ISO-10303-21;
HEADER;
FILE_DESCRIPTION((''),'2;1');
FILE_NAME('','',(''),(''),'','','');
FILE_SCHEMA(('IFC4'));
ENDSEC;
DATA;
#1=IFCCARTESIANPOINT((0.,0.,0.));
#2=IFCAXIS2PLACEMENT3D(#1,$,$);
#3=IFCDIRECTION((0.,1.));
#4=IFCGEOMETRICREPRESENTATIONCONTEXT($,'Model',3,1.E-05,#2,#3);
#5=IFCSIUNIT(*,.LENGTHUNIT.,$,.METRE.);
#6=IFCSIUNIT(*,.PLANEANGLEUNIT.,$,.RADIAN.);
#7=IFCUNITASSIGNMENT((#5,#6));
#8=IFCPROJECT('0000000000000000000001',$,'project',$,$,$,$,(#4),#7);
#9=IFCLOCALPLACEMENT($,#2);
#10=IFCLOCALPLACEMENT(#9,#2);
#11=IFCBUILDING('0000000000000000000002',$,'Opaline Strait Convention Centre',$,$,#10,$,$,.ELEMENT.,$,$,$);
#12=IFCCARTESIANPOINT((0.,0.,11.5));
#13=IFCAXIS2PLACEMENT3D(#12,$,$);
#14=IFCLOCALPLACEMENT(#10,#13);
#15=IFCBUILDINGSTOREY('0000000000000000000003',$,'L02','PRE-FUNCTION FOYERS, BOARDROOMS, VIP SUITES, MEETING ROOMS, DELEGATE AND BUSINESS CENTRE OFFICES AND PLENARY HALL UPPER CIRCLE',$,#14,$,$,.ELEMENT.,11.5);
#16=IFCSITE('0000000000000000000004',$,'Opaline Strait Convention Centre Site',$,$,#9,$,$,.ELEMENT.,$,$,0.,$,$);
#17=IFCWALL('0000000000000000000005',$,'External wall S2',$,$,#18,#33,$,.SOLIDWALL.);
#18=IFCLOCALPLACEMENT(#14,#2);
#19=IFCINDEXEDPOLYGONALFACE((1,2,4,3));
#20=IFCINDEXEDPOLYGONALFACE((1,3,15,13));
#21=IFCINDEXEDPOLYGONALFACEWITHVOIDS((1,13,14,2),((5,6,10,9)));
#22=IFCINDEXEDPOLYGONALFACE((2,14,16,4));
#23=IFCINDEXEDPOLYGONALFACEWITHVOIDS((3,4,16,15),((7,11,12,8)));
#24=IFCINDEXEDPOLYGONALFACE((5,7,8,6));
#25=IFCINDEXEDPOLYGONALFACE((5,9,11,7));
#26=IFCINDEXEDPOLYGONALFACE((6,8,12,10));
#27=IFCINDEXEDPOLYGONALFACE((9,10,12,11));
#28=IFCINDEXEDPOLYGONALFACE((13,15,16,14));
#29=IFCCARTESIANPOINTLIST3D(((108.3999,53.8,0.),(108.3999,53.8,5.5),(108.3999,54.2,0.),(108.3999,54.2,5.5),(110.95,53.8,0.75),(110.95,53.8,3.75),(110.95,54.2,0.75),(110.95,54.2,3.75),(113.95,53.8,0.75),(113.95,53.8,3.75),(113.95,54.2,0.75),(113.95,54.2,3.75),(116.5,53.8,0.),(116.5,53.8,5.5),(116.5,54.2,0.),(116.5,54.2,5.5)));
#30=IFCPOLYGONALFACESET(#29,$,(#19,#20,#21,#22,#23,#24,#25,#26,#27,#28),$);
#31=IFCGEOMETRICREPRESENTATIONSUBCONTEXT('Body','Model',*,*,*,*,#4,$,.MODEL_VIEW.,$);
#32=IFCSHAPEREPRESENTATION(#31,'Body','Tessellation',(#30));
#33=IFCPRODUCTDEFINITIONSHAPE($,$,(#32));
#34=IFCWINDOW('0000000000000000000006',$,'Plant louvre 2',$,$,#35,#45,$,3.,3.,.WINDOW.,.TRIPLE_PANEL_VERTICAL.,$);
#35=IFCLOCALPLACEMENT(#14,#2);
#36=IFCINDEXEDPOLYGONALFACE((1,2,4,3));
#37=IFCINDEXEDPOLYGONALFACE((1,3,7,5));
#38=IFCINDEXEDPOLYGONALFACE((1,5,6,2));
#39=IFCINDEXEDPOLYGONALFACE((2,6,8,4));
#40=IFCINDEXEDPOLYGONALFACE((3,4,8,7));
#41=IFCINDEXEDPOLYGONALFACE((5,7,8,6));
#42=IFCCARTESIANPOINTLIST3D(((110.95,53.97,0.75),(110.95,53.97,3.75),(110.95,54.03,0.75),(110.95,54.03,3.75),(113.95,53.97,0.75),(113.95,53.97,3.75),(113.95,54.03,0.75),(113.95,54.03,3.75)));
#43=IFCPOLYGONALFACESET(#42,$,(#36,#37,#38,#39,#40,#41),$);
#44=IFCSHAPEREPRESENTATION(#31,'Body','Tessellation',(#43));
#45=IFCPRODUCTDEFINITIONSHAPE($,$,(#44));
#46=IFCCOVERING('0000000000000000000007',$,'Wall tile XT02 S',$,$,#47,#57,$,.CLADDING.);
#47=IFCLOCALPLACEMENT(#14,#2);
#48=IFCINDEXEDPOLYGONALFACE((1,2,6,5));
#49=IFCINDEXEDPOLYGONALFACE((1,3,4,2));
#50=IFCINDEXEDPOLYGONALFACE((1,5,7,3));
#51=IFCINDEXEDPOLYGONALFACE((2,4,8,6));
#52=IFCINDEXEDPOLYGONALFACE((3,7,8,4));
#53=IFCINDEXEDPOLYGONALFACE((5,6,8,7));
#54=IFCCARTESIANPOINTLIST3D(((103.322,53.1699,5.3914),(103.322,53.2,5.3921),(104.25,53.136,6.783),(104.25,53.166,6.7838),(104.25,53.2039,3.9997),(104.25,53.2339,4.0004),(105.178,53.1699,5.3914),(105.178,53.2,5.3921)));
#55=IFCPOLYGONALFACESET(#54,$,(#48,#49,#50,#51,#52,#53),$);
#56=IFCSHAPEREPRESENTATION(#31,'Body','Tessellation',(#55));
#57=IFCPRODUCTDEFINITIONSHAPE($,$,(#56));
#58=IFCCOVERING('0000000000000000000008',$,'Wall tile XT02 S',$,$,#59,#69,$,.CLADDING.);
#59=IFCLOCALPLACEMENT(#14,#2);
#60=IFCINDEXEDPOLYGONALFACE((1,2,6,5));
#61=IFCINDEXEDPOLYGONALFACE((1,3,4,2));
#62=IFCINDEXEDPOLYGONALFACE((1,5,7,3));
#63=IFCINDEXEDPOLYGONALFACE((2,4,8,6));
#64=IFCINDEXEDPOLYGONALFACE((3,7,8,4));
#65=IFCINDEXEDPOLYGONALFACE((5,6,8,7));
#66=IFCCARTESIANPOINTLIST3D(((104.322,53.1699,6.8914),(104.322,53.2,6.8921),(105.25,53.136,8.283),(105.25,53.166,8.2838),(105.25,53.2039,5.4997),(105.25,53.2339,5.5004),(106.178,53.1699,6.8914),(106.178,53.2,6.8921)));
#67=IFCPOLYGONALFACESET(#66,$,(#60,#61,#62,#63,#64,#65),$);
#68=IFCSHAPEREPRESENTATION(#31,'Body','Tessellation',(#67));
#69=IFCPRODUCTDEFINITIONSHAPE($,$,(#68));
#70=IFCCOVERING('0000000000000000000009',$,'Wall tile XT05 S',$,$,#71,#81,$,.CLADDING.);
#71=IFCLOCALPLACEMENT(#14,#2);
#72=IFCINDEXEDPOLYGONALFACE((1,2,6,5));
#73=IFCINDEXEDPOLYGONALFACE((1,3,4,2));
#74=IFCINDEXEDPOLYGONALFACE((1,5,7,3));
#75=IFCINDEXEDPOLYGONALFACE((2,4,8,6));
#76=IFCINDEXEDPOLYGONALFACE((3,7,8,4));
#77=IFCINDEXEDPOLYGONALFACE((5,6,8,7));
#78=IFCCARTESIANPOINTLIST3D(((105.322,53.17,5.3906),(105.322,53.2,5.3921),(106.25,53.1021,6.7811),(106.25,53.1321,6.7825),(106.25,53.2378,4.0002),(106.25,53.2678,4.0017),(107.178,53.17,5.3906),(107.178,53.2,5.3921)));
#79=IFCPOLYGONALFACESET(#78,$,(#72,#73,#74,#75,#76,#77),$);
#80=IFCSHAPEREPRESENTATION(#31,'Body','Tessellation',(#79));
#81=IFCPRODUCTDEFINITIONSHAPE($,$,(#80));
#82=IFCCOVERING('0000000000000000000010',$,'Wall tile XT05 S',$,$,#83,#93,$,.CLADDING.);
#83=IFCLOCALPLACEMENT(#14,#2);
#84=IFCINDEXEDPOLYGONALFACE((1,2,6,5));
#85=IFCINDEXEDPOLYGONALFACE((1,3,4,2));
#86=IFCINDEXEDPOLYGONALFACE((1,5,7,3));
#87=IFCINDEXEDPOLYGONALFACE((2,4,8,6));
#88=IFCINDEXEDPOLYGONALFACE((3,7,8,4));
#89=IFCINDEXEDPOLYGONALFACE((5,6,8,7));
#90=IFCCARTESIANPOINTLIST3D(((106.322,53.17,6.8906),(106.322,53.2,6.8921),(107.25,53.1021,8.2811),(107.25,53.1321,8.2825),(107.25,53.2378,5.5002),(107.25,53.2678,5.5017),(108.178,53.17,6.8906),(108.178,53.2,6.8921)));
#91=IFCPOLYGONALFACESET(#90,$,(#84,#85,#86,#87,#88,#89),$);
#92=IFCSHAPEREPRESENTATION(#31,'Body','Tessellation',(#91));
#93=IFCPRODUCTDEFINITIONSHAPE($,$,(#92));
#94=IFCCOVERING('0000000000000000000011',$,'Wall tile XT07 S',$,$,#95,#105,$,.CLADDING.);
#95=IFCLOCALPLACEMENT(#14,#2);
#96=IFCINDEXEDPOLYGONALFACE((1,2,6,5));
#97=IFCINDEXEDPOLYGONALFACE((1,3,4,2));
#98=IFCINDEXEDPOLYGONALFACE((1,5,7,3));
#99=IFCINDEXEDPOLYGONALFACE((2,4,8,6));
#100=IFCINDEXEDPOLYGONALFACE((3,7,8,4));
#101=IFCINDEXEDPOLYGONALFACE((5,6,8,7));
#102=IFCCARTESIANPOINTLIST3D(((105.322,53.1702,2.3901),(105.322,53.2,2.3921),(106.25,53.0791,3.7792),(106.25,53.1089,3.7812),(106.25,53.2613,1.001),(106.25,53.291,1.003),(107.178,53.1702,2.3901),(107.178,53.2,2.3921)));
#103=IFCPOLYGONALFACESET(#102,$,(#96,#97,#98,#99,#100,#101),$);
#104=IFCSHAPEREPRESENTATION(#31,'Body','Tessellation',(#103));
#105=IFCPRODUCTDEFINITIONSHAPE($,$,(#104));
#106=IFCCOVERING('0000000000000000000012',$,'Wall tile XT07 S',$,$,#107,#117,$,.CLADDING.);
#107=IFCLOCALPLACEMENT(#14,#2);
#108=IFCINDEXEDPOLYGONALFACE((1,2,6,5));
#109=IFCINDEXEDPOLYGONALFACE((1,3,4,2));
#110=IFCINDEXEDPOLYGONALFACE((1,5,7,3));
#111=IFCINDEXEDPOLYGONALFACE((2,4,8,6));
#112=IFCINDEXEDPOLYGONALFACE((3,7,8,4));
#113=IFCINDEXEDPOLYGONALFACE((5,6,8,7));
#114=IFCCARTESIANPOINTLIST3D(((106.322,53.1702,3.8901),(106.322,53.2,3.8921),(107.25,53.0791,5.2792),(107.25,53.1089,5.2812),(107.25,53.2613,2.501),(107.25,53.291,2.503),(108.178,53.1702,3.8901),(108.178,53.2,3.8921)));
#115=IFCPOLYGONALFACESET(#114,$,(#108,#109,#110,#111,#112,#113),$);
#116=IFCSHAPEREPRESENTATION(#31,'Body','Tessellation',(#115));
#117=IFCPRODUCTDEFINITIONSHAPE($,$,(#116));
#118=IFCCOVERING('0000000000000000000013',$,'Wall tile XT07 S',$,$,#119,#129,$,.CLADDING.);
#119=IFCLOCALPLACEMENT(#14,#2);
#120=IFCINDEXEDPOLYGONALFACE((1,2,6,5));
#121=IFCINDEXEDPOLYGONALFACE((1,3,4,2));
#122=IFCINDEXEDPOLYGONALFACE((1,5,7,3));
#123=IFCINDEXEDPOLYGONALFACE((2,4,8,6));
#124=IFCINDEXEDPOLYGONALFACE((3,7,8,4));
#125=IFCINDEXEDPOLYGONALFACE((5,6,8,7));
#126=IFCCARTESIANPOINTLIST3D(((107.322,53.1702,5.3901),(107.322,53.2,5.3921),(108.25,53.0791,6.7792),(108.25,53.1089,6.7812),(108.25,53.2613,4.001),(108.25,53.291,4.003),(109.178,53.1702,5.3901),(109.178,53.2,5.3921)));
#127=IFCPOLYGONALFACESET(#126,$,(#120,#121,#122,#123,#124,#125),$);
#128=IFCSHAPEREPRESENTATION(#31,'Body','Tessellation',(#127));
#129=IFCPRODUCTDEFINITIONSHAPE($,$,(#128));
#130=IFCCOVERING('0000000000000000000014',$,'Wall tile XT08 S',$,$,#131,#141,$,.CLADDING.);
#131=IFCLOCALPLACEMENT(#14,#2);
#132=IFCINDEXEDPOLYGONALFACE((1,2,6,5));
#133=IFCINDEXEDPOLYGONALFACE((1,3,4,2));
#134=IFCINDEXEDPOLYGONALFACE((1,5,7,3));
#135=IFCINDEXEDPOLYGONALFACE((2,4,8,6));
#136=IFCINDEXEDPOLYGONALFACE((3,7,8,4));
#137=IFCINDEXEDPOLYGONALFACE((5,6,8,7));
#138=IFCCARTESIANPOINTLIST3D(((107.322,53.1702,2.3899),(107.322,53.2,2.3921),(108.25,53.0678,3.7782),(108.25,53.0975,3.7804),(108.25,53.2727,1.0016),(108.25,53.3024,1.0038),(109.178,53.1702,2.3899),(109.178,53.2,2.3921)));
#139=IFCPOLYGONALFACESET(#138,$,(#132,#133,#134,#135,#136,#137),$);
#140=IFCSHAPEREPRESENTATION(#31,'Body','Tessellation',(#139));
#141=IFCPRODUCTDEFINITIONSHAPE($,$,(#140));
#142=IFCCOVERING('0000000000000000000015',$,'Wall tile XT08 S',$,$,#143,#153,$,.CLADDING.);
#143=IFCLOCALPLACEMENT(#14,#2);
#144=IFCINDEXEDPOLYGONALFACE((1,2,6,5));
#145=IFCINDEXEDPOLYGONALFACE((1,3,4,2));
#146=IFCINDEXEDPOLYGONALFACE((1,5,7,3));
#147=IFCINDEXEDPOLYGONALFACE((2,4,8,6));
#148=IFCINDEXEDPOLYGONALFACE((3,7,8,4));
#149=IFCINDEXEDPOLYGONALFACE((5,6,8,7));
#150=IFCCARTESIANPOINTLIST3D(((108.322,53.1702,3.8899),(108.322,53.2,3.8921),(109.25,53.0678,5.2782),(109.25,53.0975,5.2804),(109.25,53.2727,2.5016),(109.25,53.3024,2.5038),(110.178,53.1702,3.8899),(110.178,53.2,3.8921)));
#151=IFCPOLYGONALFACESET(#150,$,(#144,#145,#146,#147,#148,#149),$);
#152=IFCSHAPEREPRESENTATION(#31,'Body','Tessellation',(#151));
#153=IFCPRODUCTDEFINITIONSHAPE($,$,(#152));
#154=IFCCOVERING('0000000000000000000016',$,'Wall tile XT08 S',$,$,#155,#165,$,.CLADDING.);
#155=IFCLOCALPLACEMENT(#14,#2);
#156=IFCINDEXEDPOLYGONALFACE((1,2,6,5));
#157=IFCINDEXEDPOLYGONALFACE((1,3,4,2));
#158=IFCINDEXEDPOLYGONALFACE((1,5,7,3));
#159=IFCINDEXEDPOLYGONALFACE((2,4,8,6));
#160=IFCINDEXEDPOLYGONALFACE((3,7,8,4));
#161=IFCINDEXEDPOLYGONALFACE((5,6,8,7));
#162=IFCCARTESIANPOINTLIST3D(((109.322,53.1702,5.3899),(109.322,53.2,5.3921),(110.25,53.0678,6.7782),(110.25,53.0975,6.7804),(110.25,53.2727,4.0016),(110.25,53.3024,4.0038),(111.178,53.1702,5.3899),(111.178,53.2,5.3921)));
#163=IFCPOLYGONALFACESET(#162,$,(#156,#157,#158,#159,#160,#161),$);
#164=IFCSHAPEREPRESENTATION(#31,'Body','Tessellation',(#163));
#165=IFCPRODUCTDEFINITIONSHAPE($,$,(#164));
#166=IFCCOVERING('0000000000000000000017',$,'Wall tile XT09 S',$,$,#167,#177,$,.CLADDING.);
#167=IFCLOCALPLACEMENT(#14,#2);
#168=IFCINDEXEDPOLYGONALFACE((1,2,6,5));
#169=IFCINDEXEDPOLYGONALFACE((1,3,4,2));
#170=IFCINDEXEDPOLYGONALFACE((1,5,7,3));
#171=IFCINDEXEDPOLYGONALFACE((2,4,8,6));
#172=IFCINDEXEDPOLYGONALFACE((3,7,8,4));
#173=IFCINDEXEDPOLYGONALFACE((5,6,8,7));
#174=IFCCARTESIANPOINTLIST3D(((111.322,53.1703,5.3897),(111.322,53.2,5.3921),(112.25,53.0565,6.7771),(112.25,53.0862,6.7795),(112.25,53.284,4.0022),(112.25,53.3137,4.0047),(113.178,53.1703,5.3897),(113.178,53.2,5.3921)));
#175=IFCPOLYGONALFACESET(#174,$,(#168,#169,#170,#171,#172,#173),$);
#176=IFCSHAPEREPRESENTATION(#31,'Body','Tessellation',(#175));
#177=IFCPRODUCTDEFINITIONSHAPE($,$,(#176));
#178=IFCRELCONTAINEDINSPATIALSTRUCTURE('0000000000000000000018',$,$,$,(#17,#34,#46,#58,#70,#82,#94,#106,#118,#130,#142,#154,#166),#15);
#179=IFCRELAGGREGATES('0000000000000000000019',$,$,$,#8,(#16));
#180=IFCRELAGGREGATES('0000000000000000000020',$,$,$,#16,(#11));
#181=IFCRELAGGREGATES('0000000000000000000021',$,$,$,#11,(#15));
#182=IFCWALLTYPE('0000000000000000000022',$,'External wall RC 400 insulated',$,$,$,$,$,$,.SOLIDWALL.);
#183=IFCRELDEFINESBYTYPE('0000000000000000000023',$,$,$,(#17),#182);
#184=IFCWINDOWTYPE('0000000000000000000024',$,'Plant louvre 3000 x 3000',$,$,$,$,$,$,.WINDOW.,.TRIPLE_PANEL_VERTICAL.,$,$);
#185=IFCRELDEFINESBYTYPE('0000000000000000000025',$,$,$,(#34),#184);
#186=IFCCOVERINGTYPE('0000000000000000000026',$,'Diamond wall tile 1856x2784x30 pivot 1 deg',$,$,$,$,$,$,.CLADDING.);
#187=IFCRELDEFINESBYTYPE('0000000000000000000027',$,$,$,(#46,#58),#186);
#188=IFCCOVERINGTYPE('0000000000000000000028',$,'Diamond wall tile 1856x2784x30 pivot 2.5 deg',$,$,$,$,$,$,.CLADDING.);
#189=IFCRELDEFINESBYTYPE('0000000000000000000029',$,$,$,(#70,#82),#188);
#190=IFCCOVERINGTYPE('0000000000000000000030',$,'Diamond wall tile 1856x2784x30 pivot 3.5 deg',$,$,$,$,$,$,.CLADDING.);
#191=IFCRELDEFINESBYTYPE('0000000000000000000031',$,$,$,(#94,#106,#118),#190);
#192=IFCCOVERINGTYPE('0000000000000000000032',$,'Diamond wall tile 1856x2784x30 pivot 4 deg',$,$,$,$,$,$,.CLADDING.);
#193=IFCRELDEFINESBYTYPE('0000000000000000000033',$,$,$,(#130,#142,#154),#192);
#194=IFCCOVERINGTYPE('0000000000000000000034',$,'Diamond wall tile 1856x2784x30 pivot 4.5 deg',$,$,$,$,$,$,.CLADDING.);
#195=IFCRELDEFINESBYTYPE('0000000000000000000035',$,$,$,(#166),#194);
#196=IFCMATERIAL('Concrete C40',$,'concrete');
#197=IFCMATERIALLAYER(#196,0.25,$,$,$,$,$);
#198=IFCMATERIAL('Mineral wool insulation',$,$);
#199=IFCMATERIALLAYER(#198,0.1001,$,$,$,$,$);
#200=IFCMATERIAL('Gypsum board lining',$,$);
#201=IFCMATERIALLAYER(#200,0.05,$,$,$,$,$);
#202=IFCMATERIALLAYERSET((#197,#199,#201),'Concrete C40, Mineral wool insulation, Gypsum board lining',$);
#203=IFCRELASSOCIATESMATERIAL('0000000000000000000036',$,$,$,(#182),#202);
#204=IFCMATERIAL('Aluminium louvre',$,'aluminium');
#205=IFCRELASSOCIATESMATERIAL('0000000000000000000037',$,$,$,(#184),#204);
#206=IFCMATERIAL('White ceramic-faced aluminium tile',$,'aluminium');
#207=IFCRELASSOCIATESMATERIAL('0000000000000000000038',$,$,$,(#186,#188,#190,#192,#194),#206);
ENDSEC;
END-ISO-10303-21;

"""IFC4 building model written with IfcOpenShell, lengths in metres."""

from ifc_helpers import new_model, si_unit, direction, frame, frame_2d, origin, place, context, subcontext, project, spatial, polyline, rectangle, outline, extrude, material, layer, layer_set, material_profile, profile_set, type_object, element, fill, save


model = new_model("IFC4")

# Units and contexts
model_context = context("Model", 3, precision=1e-05, world=origin(), true_north=direction((0.0, 1.0)))
body_context = subcontext(model_context, "Body", "Model", "MODEL_VIEW")
ifc_project = project(units=[si_unit("LENGTHUNIT", "METRE"), si_unit("PLANEANGLEUNIT", "RADIAN")], contexts=[model_context])

# Site, building, storey
site_placement = place(None, origin())
site = spatial("IfcSite", under=ifc_project, at=site_placement, Name="Opaline Strait Convention Centre Site", CompositionType="ELEMENT", RefElevation=0.0)
building_placement = place(site_placement, origin())
building = spatial("IfcBuilding", under=site, at=building_placement, Name="Opaline Strait Convention Centre", CompositionType="ELEMENT")
storey_placement = place(building_placement, frame((0.0, 0.0, 11.5)))
storey = spatial("IfcBuildingStorey", under=building, at=storey_placement, Name="L02", Description="PRE-FUNCTION FOYERS, BOARDROOMS, VIP SUITES, MEETING ROOMS, DELEGATE AND BUSINESS CENTRE OFFICES AND PLENARY HALL UPPER CIRCLE", CompositionType="ELEMENT", Elevation=11.5)

# Wall, opening, window
ifc_material_1 = material(Name="Concrete C40", Category="concrete")
ifc_layer_1 = layer(ifc_material_1, 0.25)
ifc_material_2 = material(Name="Mineral wool insulation")
ifc_layer_2 = layer(ifc_material_2, 0.1001)
ifc_material_3 = material(Name="Gypsum board lining")
ifc_layer_3 = layer(ifc_material_3, 0.05)
ifc_layer_set = layer_set([ifc_layer_1, ifc_layer_2, ifc_layer_3], Name="Concrete C40, Mineral wool insulation, Gypsum board lining")
wall_type = type_object("IfcWallType", Name="External wall RC 400 insulated", PredefinedType="SOLIDWALL", material=ifc_layer_set)
wall_placement = place(storey_placement, frame((108.3999, 54.0, 0.0), z_axis=(0.0, 0.0, 1.0), x_axis=(1.0, 0.0, 0.0)))
wall = element("IfcWall", 1, at=wall_placement, inside=storey, type_object=wall_type, Name="External wall S2", PredefinedType="SOLIDWALL", context=body_context, shape_type="SweptSolid", body=[
    extrude(rectangle(XDim=8.1001, YDim=0.3999, at=frame_2d((4.05, 0.0))), origin(), (0.0, 0.0, 1.0), 5.5),
])
opening_placement = place(wall_placement, frame((2.55, 0.0, 0.75)))
opening = element("IfcOpeningElement", 2, at=opening_placement, cuts=wall, PredefinedType="OPENING", context=body_context, shape_type="SweptSolid", body=[
    extrude(rectangle(XDim=3.0, YDim=3.0, at=frame_2d((1.5, 1.5))), frame((0.0, 0.21, 0.0), z_axis=(0.0, -1.0, 0.0), x_axis=(1.0, 0.0, 0.0)), (0.0, 0.0, 1.0), 0.4199),
])
ifc_material_4 = material(Name="Aluminium louvre", Category="aluminium")
window_type = type_object("IfcWindowType", Name="Plant louvre 3000 x 3000", PartitioningType="TRIPLE_PANEL_VERTICAL", PredefinedType="WINDOW", material=ifc_material_4)
window_placement = place(opening_placement, origin())
window = element("IfcWindow", 3, at=window_placement, inside=storey, type_object=window_type, Name="Plant louvre 2", OverallHeight=3.0, OverallWidth=3.0, PartitioningType="TRIPLE_PANEL_VERTICAL", PredefinedType="WINDOW", context=body_context, shape_type="SweptSolid", body=[
    extrude(rectangle(XDim=3.0, YDim=3.0, at=frame_2d((1.5, 1.5))), frame((0.0, 0.03, 0.0), z_axis=(0.0, -1.0, 0.0), x_axis=(1.0, 0.0, 0.0)), (0.0, 0.0, 1.0), 0.0601),
])
fill(opening, window)

# Coverings
ifc_material_5 = material(Name="White ceramic-faced aluminium tile", Category="aluminium")
ifc_material_profile_1 = material_profile(ifc_material_5, outline(polyline([(0.928, 0.0), (0.0, 1.3921), (-0.928, 0.0), (0.0, -1.3921), (0.928, 0.0)])), Name="Diamond tile 1856x2784")
ifc_profile_set_1 = profile_set([ifc_material_profile_1], Name="White ceramic-faced aluminium tile")
covering_type_1 = type_object("IfcCoveringType", Name="Diamond wall tile 1856x2784x30 pivot 1 deg", PredefinedType="CLADDING", material=ifc_profile_set_1)
for number, where, z_axis, x_axis, name in (
    (4, (104.25, 53.2, 5.3921), (0.0, -0.999703, -0.024383), (1.0, 0.0, 0.0), "Wall tile XT02 S"),
    (5, (105.25, 53.2, 6.8921), (0.0, -0.999703, -0.024383), (1.0, 0.0, 0.0), "Wall tile XT02 S"),
):
    element("IfcCovering", number, at=place(storey_placement, frame(where, z_axis=z_axis, x_axis=x_axis)), inside=storey, type_object=covering_type_1, Name=name, PredefinedType="CLADDING", context=body_context, shape_type="SweptSolid", body=[
        extrude(outline(polyline([(0.928, 0.0), (0.0, 1.3921), (-0.928, 0.0), (0.0, -1.3921), (0.928, 0.0)])), origin(), (0.0, 0.0, 1.0), 0.03),
    ])
ifc_material_profile_2 = material_profile(ifc_material_5, outline(polyline([(0.928, 0.0), (0.0, 1.3921), (-0.928, 0.0), (0.0, -1.3921), (0.928, 0.0)])), Name="Diamond tile 1856x2784")
ifc_profile_set_2 = profile_set([ifc_material_profile_2], Name="White ceramic-faced aluminium tile")
covering_type_2 = type_object("IfcCoveringType", Name="Diamond wall tile 1856x2784x30 pivot 2.5 deg", PredefinedType="CLADDING", material=ifc_profile_set_2)
for number, where, z_axis, x_axis, name in (
    (6, (106.25, 53.2, 5.3921), (0.0, -0.998812, -0.048723), (1.0, 0.0, 0.0), "Wall tile XT05 S"),
    (7, (107.25, 53.2, 6.8921), (0.0, -0.998812, -0.048723), (1.0, 0.0, 0.0), "Wall tile XT05 S"),
):
    element("IfcCovering", number, at=place(storey_placement, frame(where, z_axis=z_axis, x_axis=x_axis)), inside=storey, type_object=covering_type_2, Name=name, PredefinedType="CLADDING", context=body_context, shape_type="SweptSolid", body=[
        extrude(outline(polyline([(0.928, 0.0), (0.0, 1.3921), (-0.928, 0.0), (0.0, -1.3921), (0.928, 0.0)])), origin(), (0.0, 0.0, 1.0), 0.03),
    ])
ifc_material_profile_3 = material_profile(ifc_material_5, outline(polyline([(0.928, 0.0), (0.0, 1.3921), (-0.928, 0.0), (0.0, -1.3921), (0.928, 0.0)])), Name="Diamond tile 1856x2784")
ifc_profile_set_3 = profile_set([ifc_material_profile_3], Name="White ceramic-faced aluminium tile")
covering_type_3 = type_object("IfcCoveringType", Name="Diamond wall tile 1856x2784x30 pivot 3.5 deg", PredefinedType="CLADDING", material=ifc_profile_set_3)
for number, where, z_axis, x_axis, name in (
    (8, (106.25, 53.2, 2.3921), (0.0, -0.997857, -0.065433), (1.0, 0.0, 0.0), "Wall tile XT07 S"),
    (9, (107.25, 53.2, 3.8921), (0.0, -0.997857, -0.065433), (1.0, 0.0, 0.0), "Wall tile XT07 S"),
    (10, (108.25, 53.2, 5.3921), (0.0, -0.997857, -0.065433), (1.0, 0.0, 0.0), "Wall tile XT07 S"),
):
    element("IfcCovering", number, at=place(storey_placement, frame(where, z_axis=z_axis, x_axis=x_axis)), inside=storey, type_object=covering_type_3, Name=name, PredefinedType="CLADDING", context=body_context, shape_type="SweptSolid", body=[
        extrude(outline(polyline([(0.928, 0.0), (0.0, 1.3921), (-0.928, 0.0), (0.0, -1.3921), (0.928, 0.0)])), origin(), (0.0, 0.0, 1.0), 0.0298),
    ])
ifc_material_profile_4 = material_profile(ifc_material_5, outline(polyline([(0.928, 0.0), (0.0, 1.3921), (-0.928, 0.0), (0.0, -1.3921), (0.928, 0.0)])), Name="Diamond tile 1856x2784")
ifc_profile_set_4 = profile_set([ifc_material_profile_4], Name="White ceramic-faced aluminium tile")
covering_type_4 = type_object("IfcCoveringType", Name="Diamond wall tile 1856x2784x30 pivot 4 deg", PredefinedType="CLADDING", material=ifc_profile_set_4)
for number, where, z_axis, x_axis, name in (
    (11, (108.25, 53.2, 2.3921), (0.0, -0.99729, -0.073571), (1.0, 0.0, 0.0), "Wall tile XT08 S"),
    (12, (109.25, 53.2, 3.8921), (0.0, -0.99729, -0.073571), (1.0, 0.0, 0.0), "Wall tile XT08 S"),
    (13, (110.25, 53.2, 5.3921), (0.0, -0.99729, -0.073571), (1.0, 0.0, 0.0), "Wall tile XT08 S"),
):
    element("IfcCovering", number, at=place(storey_placement, frame(where, z_axis=z_axis, x_axis=x_axis)), inside=storey, type_object=covering_type_4, Name=name, PredefinedType="CLADDING", context=body_context, shape_type="SweptSolid", body=[
        extrude(outline(polyline([(0.928, 0.0), (0.0, 1.3921), (-0.928, 0.0), (0.0, -1.3921), (0.928, 0.0)])), origin(), (0.0, 0.0, 1.0), 0.0298),
    ])
ifc_material_profile_5 = material_profile(ifc_material_5, outline(polyline([(0.928, 0.0), (0.0, 1.3921), (-0.928, 0.0), (0.0, -1.3921), (0.928, 0.0)])), Name="Diamond tile 1856x2784")
ifc_profile_set_5 = profile_set([ifc_material_profile_5], Name="White ceramic-faced aluminium tile")
covering_type_5 = type_object("IfcCoveringType", Name="Diamond wall tile 1856x2784x30 pivot 4.5 deg", PredefinedType="CLADDING", material=ifc_profile_set_5)
covering_placement = place(storey_placement, frame((112.25, 53.2, 5.3921), z_axis=(0.0, -0.996658, -0.081693), x_axis=(1.0, 0.0, 0.0)))
element("IfcCovering", 14, at=covering_placement, inside=storey, type_object=covering_type_5, Name="Wall tile XT09 S", PredefinedType="CLADDING", context=body_context, shape_type="SweptSolid", body=[
    extrude(outline(polyline([(0.928, 0.0), (0.0, 1.3921), (-0.928, 0.0), (0.0, -1.3921), (0.928, 0.0)])), origin(), (0.0, 0.0, 1.0), 0.0298),
])

save(model, "model.ifc")
